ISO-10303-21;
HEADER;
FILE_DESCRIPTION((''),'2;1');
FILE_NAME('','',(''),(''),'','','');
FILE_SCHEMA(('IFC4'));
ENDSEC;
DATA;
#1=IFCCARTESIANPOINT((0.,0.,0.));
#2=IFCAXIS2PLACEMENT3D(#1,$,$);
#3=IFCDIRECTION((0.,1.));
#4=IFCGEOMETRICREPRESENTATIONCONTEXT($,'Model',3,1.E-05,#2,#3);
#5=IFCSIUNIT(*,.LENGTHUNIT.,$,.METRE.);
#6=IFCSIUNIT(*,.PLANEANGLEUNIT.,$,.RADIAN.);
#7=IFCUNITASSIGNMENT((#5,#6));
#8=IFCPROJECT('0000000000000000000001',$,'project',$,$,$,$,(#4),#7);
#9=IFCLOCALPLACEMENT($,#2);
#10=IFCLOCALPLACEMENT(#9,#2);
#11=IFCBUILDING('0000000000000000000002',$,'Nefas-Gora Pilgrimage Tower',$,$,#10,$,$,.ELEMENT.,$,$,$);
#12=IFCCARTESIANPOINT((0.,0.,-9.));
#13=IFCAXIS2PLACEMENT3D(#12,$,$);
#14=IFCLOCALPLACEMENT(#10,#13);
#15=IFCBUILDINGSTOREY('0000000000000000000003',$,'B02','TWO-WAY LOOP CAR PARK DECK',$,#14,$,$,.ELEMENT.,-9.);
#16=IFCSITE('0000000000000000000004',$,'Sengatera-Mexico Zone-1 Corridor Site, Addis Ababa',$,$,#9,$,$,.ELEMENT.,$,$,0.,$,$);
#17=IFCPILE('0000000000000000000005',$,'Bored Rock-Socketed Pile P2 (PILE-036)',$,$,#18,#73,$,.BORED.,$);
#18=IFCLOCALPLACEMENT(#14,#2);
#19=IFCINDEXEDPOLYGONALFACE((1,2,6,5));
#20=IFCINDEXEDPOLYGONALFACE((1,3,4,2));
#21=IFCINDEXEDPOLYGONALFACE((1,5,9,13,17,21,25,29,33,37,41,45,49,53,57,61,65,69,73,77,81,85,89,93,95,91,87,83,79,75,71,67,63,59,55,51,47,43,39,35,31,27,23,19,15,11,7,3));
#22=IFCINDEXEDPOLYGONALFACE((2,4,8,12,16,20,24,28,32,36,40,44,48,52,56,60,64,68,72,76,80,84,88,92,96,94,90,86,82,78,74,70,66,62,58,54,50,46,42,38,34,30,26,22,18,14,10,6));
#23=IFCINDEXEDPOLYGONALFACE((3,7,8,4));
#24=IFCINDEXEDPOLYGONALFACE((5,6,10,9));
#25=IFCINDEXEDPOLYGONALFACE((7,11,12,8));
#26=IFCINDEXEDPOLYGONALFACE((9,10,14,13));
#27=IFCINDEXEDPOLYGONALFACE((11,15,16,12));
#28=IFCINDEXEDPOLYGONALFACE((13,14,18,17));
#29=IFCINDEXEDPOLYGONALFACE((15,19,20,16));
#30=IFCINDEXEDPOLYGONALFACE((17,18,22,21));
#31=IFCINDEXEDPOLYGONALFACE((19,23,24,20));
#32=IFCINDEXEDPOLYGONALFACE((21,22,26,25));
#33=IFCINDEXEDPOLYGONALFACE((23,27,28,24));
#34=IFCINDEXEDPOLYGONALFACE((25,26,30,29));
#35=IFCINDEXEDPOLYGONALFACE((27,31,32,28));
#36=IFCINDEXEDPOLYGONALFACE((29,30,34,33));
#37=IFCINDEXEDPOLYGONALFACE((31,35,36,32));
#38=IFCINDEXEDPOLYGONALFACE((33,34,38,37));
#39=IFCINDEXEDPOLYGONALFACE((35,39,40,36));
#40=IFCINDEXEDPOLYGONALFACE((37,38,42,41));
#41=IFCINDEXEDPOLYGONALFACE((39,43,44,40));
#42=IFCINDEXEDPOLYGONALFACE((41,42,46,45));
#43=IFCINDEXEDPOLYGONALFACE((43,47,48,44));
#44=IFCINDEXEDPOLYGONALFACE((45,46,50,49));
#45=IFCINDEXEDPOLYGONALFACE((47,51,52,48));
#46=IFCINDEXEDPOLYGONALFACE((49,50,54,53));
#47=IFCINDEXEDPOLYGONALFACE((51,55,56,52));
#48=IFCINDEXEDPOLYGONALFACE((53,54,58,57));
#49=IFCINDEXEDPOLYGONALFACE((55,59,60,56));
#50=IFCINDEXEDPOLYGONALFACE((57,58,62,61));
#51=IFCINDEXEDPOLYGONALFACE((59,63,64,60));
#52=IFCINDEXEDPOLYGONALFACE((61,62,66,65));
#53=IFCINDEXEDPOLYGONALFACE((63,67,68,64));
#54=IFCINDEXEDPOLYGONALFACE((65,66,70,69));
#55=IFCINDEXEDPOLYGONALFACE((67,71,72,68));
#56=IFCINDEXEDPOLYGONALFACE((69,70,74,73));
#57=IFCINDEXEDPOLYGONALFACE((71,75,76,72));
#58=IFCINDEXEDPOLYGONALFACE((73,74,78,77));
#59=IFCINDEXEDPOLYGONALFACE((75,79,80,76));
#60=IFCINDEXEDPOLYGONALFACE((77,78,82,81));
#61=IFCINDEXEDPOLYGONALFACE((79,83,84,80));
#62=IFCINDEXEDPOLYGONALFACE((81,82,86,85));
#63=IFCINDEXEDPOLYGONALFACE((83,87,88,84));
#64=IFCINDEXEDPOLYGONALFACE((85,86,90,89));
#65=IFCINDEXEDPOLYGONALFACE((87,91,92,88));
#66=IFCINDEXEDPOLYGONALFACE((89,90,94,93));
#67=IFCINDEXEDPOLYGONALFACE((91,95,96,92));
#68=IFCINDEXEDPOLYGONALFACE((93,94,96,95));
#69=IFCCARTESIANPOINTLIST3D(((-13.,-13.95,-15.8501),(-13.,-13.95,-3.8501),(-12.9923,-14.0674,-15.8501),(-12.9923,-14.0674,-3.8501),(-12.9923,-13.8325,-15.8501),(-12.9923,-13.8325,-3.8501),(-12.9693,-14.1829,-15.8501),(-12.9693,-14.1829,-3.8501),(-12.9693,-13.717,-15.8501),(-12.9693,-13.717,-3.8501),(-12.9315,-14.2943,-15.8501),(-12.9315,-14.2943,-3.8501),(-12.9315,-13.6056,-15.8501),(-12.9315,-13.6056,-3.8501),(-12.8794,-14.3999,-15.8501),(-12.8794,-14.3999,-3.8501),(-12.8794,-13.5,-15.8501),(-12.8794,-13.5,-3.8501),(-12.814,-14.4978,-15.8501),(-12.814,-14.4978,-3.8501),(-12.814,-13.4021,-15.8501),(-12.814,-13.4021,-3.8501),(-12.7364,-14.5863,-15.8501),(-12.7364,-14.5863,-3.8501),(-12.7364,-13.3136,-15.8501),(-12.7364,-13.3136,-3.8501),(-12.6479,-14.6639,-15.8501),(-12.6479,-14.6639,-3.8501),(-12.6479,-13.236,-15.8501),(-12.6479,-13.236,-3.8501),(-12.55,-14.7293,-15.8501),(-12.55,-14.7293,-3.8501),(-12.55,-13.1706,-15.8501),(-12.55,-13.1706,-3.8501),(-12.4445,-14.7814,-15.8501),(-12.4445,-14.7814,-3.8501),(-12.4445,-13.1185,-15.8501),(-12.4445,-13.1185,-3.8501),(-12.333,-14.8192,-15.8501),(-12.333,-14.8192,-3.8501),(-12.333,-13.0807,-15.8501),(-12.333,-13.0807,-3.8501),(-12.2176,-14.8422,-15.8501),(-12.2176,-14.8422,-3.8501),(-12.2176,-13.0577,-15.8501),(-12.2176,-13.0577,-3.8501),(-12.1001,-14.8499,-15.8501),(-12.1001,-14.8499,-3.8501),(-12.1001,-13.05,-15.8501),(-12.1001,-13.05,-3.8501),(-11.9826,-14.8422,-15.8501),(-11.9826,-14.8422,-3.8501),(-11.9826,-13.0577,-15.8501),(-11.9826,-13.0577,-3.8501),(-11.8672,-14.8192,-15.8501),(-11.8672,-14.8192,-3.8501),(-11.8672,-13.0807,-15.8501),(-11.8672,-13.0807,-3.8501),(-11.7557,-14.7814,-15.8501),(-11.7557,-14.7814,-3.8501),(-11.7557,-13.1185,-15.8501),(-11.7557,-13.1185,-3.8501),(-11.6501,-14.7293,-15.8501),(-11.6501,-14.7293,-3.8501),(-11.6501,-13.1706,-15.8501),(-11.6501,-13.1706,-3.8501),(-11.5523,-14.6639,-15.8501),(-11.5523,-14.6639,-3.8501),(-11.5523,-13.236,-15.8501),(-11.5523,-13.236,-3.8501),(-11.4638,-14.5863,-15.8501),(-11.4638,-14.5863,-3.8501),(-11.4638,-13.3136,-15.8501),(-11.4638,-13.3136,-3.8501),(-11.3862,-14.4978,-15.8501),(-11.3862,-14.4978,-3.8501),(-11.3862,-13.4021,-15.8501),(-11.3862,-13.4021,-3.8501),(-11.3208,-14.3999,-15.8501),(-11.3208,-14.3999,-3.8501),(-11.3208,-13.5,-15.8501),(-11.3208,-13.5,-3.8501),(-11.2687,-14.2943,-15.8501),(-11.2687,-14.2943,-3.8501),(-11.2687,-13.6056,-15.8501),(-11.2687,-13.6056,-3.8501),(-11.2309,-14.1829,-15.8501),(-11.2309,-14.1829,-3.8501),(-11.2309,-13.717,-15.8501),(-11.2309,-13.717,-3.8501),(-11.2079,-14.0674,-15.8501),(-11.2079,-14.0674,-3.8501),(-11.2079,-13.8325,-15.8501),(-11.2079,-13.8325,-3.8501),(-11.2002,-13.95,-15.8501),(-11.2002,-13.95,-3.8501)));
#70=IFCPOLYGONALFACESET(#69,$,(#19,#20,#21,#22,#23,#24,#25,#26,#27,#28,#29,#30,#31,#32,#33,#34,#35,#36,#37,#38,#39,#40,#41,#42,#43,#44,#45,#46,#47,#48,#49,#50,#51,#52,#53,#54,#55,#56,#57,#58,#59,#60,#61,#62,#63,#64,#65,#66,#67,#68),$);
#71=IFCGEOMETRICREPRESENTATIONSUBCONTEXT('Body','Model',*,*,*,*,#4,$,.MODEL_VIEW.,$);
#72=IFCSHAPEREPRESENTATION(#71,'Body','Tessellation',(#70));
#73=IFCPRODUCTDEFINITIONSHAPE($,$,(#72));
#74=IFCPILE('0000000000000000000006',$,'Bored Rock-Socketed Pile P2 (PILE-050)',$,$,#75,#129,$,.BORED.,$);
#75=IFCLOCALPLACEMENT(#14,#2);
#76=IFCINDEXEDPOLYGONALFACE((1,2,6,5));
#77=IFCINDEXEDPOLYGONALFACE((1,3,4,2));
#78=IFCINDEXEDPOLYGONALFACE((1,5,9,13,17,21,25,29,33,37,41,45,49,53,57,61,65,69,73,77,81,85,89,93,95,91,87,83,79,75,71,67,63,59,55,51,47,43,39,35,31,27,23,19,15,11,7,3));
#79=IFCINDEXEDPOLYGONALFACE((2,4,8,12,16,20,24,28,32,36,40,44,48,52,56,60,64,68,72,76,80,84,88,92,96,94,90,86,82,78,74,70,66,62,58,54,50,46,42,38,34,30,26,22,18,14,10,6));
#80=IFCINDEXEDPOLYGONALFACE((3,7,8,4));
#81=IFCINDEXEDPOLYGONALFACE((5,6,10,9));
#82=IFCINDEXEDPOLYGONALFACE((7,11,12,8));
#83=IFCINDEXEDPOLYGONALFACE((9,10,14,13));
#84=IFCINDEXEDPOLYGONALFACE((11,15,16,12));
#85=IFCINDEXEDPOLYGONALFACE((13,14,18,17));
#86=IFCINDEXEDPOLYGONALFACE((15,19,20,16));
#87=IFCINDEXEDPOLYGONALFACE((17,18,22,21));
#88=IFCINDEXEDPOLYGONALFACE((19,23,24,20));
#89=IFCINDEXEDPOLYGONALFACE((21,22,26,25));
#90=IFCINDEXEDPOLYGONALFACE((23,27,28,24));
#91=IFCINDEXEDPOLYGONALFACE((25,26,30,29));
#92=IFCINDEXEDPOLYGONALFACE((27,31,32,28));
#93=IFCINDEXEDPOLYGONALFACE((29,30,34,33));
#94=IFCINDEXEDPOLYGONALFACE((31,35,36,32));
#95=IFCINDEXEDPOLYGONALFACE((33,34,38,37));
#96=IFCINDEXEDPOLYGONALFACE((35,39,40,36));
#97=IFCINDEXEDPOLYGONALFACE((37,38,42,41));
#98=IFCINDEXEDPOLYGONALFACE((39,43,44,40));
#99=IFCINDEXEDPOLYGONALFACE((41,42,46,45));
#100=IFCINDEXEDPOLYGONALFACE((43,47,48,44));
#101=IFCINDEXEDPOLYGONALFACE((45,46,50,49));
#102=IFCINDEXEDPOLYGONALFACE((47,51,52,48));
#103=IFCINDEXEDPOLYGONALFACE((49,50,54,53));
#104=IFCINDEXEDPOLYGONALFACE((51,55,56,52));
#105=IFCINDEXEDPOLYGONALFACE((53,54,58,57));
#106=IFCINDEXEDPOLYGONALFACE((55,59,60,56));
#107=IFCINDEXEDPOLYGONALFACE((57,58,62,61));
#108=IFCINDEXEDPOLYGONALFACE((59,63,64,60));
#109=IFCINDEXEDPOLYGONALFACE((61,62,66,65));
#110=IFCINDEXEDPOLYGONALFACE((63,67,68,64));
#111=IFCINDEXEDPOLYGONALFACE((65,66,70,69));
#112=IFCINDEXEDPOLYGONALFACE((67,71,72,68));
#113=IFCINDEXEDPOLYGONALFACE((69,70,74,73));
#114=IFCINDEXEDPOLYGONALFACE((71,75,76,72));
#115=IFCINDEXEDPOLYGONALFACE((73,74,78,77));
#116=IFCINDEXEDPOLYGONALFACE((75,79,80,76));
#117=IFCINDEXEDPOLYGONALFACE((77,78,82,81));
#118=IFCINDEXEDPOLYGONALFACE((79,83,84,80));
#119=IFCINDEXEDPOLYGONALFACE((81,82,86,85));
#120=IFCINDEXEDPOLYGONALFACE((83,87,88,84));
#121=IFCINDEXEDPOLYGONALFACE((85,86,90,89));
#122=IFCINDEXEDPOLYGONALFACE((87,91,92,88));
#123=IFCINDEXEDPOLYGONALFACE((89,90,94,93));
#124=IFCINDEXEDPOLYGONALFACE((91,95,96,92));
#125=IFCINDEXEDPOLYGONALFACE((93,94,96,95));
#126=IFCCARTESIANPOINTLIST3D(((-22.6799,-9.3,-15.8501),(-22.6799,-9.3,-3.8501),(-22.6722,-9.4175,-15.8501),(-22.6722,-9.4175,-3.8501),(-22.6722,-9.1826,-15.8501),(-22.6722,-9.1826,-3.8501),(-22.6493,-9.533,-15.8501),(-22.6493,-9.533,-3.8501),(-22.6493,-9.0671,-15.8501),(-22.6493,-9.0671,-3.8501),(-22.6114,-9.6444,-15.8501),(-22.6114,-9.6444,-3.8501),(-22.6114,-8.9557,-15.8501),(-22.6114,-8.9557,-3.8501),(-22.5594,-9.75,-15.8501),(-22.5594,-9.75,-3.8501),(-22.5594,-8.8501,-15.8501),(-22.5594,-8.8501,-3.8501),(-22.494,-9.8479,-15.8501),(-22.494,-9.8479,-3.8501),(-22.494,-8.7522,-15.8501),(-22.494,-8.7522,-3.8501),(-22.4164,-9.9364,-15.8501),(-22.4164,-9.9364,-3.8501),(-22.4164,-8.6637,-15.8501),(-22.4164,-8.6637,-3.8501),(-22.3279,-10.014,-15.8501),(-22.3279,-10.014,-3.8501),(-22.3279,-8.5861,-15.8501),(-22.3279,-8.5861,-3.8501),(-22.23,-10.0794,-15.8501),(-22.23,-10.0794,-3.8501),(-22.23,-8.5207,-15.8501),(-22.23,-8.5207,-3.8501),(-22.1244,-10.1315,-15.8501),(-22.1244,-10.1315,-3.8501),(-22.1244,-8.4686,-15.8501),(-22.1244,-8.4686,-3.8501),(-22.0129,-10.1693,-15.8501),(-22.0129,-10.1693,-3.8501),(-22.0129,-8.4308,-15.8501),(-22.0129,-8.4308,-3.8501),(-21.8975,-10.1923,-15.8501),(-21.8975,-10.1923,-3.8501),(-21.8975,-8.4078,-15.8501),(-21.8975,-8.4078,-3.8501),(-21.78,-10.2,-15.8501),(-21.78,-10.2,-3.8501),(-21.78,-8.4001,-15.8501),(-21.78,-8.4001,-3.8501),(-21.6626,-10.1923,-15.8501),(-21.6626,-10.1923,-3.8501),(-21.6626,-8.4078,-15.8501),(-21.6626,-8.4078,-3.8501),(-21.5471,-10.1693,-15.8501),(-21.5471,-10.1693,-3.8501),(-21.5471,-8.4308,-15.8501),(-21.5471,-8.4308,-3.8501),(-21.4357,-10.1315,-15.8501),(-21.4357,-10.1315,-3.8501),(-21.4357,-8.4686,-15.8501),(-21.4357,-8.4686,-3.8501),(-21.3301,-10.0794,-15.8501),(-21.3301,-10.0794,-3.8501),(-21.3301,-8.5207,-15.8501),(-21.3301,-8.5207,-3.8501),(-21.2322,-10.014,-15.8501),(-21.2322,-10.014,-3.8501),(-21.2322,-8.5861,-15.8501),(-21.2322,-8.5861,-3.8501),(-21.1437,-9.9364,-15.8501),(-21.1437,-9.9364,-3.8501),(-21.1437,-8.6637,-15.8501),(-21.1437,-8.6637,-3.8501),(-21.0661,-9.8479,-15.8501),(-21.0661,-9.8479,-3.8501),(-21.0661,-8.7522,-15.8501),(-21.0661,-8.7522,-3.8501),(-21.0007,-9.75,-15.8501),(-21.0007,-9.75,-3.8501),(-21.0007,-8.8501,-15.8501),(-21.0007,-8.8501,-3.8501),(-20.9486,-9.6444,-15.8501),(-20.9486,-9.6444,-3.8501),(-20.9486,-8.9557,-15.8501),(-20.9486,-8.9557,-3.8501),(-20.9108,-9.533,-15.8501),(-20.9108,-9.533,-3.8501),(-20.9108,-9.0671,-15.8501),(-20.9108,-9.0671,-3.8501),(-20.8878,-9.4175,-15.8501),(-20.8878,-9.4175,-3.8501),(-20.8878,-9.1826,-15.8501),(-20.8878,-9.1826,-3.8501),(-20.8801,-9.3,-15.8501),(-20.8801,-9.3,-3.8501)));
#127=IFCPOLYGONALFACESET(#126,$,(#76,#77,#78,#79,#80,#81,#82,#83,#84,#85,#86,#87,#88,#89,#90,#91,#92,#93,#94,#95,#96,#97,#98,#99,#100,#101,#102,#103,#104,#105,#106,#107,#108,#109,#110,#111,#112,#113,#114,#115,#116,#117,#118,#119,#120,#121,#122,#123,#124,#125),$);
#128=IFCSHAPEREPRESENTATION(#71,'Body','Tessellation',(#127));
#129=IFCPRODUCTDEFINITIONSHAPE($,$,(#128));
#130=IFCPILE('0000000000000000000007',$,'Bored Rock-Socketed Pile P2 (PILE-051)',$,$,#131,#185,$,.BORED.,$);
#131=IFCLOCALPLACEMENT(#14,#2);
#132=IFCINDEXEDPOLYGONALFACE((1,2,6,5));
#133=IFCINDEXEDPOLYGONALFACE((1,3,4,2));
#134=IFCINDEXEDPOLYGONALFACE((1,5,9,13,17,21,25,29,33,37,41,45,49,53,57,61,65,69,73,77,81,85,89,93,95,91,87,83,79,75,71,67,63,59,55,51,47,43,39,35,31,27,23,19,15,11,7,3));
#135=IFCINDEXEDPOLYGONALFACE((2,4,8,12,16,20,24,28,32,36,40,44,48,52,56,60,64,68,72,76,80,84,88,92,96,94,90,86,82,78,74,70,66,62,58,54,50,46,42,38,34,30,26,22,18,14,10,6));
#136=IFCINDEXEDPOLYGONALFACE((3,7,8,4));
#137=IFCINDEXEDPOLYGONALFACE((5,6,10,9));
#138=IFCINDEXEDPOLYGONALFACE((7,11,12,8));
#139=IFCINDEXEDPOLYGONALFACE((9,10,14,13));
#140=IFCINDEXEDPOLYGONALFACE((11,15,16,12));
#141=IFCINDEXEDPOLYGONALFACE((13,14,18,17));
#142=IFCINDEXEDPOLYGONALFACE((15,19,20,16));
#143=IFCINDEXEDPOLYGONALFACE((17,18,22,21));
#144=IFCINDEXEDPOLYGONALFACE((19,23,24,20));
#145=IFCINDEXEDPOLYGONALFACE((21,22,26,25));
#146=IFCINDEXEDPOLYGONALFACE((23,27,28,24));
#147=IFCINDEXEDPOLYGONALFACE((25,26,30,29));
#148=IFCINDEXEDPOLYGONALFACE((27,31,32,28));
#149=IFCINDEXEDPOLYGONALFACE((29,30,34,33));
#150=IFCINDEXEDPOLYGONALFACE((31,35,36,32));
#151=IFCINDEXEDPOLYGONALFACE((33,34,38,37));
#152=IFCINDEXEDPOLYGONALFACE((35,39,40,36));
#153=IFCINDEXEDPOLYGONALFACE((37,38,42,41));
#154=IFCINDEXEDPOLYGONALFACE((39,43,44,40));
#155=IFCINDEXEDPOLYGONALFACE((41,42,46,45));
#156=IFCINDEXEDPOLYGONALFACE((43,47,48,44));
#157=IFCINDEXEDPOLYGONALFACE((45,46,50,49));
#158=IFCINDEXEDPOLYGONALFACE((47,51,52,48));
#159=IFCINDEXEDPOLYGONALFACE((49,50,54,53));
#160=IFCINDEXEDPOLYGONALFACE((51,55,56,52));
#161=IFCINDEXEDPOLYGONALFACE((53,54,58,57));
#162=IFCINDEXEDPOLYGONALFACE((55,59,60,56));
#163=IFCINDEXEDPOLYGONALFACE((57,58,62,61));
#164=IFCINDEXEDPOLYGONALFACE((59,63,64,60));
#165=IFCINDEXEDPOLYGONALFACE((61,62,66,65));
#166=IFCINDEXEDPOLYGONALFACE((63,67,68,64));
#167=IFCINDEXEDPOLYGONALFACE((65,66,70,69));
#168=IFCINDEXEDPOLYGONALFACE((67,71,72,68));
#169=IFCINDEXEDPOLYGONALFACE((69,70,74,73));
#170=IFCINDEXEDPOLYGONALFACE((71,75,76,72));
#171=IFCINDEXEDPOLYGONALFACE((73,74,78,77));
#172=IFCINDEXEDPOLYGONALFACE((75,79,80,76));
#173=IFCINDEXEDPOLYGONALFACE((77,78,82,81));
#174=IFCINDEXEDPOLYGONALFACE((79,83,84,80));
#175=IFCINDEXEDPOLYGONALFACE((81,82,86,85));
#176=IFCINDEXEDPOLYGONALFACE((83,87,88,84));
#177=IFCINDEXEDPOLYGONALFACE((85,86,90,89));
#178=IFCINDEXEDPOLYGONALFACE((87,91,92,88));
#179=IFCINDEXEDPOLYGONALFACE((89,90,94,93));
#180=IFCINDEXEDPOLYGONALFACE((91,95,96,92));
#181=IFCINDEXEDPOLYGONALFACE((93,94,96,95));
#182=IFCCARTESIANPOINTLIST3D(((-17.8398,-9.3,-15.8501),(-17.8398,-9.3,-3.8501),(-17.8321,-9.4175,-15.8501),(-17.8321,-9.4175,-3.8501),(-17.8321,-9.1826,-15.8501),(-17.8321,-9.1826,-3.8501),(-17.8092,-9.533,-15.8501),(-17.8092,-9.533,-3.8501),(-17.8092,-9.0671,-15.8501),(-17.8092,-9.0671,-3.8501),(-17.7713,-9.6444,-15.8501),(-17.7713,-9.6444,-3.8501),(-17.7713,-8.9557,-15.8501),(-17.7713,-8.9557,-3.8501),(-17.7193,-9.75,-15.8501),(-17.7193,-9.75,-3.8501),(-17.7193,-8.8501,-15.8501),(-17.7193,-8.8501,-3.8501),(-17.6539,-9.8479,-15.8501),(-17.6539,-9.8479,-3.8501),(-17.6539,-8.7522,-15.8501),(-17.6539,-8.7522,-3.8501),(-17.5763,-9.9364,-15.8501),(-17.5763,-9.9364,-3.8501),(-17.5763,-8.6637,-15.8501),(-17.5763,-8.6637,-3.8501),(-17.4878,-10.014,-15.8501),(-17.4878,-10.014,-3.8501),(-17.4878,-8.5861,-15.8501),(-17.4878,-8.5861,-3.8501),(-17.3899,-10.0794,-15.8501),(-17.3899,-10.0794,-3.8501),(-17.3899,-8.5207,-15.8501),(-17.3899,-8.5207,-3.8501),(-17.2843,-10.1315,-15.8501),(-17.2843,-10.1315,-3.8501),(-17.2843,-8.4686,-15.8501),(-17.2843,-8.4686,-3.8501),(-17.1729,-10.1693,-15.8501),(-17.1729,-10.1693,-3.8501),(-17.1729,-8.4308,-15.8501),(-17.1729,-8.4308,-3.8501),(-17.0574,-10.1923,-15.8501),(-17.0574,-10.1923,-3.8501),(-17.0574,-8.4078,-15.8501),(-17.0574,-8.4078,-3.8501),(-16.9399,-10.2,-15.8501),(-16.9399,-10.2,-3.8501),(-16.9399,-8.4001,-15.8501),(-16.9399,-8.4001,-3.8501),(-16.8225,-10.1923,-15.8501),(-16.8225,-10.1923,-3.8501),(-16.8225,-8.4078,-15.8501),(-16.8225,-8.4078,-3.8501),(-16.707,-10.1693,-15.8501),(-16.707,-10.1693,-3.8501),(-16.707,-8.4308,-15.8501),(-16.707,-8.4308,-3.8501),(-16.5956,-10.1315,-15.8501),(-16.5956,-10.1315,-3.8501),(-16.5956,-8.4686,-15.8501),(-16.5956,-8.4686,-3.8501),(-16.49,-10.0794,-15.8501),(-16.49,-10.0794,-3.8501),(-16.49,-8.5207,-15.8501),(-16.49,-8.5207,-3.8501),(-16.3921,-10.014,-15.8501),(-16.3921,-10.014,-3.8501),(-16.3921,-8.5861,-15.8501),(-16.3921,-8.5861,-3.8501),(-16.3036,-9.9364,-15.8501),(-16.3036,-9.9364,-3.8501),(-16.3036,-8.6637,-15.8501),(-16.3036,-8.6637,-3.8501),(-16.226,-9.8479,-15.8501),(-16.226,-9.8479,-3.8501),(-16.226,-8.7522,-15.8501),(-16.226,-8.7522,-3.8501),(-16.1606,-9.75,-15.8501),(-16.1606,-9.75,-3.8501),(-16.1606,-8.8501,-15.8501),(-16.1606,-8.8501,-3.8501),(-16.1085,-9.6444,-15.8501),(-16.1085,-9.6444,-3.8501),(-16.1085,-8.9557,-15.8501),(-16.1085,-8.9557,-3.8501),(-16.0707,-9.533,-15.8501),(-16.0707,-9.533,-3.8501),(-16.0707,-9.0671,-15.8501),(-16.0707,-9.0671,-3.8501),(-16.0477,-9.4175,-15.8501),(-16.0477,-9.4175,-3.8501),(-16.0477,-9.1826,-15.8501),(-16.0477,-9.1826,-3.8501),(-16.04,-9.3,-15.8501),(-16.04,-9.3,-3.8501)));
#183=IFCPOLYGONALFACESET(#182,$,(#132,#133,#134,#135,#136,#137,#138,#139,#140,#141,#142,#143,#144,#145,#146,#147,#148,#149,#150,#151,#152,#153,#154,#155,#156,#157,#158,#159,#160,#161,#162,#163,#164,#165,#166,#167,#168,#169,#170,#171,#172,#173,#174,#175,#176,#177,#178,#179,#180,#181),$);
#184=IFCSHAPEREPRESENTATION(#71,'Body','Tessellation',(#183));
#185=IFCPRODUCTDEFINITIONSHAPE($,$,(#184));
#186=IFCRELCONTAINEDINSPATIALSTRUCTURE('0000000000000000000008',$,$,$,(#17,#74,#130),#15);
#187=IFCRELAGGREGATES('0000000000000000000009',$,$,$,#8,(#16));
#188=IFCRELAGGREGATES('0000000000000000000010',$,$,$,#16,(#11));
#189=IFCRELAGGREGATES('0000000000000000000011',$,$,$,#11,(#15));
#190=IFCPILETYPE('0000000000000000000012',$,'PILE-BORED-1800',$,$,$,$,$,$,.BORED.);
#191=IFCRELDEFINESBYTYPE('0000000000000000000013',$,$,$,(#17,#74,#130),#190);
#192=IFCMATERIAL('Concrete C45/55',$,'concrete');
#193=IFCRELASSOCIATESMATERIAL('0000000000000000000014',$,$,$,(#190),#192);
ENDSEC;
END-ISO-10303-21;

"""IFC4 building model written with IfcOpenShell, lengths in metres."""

from ifc_helpers import new_model, si_unit, direction, frame, origin, origin_2d, place, context, subcontext, project, spatial, circle, extrude, source, transform, mapped, material, material_profile, profile_set, type_object, element, save


model = new_model("IFC4")

# Units and contexts
model_context = context("Model", 3, precision=1e-05, world=origin(), true_north=direction((0.0, 1.0)))
body_context = subcontext(model_context, "Body", "Model", "MODEL_VIEW")
ifc_project = project(units=[si_unit("LENGTHUNIT", "METRE"), si_unit("PLANEANGLEUNIT", "RADIAN")], contexts=[model_context])

# Site, building, storey
site_placement = place(None, origin())
site = spatial("IfcSite", under=ifc_project, at=site_placement, Name="Sengatera-Mexico Zone-1 Corridor Site, Addis Ababa", CompositionType="ELEMENT", RefElevation=0.0)
building_placement = place(site_placement, origin())
building = spatial("IfcBuilding", under=site, at=building_placement, Name="Nefas-Gora Pilgrimage Tower", CompositionType="ELEMENT")
storey_placement = place(building_placement, frame((0.0, 0.0, -9.0)))
storey = spatial("IfcBuildingStorey", under=building, at=storey_placement, Name="B02", Description="TWO-WAY LOOP CAR PARK DECK", CompositionType="ELEMENT", Elevation=-9.0)

# Piles
ifc_material_1 = material(Name="Concrete C45/55", Category="concrete")
ifc_material_profile_1 = material_profile(ifc_material_1, circle(Radius=0.8999, at=origin_2d()), Name="PILE D1800")
ifc_profile_set_1 = profile_set([ifc_material_profile_1], Name="Concrete C45/55")
pile_type_1 = type_object("IfcPileType", Name="PILE-BORED-1800", PredefinedType="BORED", material=ifc_profile_set_1)
shared_shape_1 = source(origin(), body_context, "Body", "SweptSolid", [
    extrude(circle(Radius=0.8999, at=origin_2d()), origin(), (0.0, 0.0, 1.0), 12.0),
])
for number, where, z_axis, x_axis, name in (
    (1, (-12.1001, -13.95, -3.8501), (0.0, 0.0, -1.0), (1.0, 0.0, 0.0), "Bored Rock-Socketed Pile P2 (PILE-036)"),
    (2, (-21.78, -9.3, -3.8501), (0.0, 0.0, -1.0), (1.0, 0.0, 0.0), "Bored Rock-Socketed Pile P2 (PILE-050)"),
    (3, (-16.9399, -9.3, -3.8501), (0.0, 0.0, -1.0), (1.0, 0.0, 0.0), "Bored Rock-Socketed Pile P2 (PILE-051)"),
):
    element("IfcPile", number, at=place(storey_placement, frame(where, z_axis=z_axis, x_axis=x_axis)), inside=storey, type_object=pile_type_1, Name=name, PredefinedType="BORED", context=body_context, shape_type="MappedRepresentation", body=[
        mapped(shared_shape_1, transform((0.0, 0.0, 0.0), x_axis=(1.0, 0.0, 0.0), y_axis=(0.0, 1.0, 0.0), z_axis=(0.0, 0.0, 1.0), scale=1.0)),
    ])

save(model, "model.ifc")
